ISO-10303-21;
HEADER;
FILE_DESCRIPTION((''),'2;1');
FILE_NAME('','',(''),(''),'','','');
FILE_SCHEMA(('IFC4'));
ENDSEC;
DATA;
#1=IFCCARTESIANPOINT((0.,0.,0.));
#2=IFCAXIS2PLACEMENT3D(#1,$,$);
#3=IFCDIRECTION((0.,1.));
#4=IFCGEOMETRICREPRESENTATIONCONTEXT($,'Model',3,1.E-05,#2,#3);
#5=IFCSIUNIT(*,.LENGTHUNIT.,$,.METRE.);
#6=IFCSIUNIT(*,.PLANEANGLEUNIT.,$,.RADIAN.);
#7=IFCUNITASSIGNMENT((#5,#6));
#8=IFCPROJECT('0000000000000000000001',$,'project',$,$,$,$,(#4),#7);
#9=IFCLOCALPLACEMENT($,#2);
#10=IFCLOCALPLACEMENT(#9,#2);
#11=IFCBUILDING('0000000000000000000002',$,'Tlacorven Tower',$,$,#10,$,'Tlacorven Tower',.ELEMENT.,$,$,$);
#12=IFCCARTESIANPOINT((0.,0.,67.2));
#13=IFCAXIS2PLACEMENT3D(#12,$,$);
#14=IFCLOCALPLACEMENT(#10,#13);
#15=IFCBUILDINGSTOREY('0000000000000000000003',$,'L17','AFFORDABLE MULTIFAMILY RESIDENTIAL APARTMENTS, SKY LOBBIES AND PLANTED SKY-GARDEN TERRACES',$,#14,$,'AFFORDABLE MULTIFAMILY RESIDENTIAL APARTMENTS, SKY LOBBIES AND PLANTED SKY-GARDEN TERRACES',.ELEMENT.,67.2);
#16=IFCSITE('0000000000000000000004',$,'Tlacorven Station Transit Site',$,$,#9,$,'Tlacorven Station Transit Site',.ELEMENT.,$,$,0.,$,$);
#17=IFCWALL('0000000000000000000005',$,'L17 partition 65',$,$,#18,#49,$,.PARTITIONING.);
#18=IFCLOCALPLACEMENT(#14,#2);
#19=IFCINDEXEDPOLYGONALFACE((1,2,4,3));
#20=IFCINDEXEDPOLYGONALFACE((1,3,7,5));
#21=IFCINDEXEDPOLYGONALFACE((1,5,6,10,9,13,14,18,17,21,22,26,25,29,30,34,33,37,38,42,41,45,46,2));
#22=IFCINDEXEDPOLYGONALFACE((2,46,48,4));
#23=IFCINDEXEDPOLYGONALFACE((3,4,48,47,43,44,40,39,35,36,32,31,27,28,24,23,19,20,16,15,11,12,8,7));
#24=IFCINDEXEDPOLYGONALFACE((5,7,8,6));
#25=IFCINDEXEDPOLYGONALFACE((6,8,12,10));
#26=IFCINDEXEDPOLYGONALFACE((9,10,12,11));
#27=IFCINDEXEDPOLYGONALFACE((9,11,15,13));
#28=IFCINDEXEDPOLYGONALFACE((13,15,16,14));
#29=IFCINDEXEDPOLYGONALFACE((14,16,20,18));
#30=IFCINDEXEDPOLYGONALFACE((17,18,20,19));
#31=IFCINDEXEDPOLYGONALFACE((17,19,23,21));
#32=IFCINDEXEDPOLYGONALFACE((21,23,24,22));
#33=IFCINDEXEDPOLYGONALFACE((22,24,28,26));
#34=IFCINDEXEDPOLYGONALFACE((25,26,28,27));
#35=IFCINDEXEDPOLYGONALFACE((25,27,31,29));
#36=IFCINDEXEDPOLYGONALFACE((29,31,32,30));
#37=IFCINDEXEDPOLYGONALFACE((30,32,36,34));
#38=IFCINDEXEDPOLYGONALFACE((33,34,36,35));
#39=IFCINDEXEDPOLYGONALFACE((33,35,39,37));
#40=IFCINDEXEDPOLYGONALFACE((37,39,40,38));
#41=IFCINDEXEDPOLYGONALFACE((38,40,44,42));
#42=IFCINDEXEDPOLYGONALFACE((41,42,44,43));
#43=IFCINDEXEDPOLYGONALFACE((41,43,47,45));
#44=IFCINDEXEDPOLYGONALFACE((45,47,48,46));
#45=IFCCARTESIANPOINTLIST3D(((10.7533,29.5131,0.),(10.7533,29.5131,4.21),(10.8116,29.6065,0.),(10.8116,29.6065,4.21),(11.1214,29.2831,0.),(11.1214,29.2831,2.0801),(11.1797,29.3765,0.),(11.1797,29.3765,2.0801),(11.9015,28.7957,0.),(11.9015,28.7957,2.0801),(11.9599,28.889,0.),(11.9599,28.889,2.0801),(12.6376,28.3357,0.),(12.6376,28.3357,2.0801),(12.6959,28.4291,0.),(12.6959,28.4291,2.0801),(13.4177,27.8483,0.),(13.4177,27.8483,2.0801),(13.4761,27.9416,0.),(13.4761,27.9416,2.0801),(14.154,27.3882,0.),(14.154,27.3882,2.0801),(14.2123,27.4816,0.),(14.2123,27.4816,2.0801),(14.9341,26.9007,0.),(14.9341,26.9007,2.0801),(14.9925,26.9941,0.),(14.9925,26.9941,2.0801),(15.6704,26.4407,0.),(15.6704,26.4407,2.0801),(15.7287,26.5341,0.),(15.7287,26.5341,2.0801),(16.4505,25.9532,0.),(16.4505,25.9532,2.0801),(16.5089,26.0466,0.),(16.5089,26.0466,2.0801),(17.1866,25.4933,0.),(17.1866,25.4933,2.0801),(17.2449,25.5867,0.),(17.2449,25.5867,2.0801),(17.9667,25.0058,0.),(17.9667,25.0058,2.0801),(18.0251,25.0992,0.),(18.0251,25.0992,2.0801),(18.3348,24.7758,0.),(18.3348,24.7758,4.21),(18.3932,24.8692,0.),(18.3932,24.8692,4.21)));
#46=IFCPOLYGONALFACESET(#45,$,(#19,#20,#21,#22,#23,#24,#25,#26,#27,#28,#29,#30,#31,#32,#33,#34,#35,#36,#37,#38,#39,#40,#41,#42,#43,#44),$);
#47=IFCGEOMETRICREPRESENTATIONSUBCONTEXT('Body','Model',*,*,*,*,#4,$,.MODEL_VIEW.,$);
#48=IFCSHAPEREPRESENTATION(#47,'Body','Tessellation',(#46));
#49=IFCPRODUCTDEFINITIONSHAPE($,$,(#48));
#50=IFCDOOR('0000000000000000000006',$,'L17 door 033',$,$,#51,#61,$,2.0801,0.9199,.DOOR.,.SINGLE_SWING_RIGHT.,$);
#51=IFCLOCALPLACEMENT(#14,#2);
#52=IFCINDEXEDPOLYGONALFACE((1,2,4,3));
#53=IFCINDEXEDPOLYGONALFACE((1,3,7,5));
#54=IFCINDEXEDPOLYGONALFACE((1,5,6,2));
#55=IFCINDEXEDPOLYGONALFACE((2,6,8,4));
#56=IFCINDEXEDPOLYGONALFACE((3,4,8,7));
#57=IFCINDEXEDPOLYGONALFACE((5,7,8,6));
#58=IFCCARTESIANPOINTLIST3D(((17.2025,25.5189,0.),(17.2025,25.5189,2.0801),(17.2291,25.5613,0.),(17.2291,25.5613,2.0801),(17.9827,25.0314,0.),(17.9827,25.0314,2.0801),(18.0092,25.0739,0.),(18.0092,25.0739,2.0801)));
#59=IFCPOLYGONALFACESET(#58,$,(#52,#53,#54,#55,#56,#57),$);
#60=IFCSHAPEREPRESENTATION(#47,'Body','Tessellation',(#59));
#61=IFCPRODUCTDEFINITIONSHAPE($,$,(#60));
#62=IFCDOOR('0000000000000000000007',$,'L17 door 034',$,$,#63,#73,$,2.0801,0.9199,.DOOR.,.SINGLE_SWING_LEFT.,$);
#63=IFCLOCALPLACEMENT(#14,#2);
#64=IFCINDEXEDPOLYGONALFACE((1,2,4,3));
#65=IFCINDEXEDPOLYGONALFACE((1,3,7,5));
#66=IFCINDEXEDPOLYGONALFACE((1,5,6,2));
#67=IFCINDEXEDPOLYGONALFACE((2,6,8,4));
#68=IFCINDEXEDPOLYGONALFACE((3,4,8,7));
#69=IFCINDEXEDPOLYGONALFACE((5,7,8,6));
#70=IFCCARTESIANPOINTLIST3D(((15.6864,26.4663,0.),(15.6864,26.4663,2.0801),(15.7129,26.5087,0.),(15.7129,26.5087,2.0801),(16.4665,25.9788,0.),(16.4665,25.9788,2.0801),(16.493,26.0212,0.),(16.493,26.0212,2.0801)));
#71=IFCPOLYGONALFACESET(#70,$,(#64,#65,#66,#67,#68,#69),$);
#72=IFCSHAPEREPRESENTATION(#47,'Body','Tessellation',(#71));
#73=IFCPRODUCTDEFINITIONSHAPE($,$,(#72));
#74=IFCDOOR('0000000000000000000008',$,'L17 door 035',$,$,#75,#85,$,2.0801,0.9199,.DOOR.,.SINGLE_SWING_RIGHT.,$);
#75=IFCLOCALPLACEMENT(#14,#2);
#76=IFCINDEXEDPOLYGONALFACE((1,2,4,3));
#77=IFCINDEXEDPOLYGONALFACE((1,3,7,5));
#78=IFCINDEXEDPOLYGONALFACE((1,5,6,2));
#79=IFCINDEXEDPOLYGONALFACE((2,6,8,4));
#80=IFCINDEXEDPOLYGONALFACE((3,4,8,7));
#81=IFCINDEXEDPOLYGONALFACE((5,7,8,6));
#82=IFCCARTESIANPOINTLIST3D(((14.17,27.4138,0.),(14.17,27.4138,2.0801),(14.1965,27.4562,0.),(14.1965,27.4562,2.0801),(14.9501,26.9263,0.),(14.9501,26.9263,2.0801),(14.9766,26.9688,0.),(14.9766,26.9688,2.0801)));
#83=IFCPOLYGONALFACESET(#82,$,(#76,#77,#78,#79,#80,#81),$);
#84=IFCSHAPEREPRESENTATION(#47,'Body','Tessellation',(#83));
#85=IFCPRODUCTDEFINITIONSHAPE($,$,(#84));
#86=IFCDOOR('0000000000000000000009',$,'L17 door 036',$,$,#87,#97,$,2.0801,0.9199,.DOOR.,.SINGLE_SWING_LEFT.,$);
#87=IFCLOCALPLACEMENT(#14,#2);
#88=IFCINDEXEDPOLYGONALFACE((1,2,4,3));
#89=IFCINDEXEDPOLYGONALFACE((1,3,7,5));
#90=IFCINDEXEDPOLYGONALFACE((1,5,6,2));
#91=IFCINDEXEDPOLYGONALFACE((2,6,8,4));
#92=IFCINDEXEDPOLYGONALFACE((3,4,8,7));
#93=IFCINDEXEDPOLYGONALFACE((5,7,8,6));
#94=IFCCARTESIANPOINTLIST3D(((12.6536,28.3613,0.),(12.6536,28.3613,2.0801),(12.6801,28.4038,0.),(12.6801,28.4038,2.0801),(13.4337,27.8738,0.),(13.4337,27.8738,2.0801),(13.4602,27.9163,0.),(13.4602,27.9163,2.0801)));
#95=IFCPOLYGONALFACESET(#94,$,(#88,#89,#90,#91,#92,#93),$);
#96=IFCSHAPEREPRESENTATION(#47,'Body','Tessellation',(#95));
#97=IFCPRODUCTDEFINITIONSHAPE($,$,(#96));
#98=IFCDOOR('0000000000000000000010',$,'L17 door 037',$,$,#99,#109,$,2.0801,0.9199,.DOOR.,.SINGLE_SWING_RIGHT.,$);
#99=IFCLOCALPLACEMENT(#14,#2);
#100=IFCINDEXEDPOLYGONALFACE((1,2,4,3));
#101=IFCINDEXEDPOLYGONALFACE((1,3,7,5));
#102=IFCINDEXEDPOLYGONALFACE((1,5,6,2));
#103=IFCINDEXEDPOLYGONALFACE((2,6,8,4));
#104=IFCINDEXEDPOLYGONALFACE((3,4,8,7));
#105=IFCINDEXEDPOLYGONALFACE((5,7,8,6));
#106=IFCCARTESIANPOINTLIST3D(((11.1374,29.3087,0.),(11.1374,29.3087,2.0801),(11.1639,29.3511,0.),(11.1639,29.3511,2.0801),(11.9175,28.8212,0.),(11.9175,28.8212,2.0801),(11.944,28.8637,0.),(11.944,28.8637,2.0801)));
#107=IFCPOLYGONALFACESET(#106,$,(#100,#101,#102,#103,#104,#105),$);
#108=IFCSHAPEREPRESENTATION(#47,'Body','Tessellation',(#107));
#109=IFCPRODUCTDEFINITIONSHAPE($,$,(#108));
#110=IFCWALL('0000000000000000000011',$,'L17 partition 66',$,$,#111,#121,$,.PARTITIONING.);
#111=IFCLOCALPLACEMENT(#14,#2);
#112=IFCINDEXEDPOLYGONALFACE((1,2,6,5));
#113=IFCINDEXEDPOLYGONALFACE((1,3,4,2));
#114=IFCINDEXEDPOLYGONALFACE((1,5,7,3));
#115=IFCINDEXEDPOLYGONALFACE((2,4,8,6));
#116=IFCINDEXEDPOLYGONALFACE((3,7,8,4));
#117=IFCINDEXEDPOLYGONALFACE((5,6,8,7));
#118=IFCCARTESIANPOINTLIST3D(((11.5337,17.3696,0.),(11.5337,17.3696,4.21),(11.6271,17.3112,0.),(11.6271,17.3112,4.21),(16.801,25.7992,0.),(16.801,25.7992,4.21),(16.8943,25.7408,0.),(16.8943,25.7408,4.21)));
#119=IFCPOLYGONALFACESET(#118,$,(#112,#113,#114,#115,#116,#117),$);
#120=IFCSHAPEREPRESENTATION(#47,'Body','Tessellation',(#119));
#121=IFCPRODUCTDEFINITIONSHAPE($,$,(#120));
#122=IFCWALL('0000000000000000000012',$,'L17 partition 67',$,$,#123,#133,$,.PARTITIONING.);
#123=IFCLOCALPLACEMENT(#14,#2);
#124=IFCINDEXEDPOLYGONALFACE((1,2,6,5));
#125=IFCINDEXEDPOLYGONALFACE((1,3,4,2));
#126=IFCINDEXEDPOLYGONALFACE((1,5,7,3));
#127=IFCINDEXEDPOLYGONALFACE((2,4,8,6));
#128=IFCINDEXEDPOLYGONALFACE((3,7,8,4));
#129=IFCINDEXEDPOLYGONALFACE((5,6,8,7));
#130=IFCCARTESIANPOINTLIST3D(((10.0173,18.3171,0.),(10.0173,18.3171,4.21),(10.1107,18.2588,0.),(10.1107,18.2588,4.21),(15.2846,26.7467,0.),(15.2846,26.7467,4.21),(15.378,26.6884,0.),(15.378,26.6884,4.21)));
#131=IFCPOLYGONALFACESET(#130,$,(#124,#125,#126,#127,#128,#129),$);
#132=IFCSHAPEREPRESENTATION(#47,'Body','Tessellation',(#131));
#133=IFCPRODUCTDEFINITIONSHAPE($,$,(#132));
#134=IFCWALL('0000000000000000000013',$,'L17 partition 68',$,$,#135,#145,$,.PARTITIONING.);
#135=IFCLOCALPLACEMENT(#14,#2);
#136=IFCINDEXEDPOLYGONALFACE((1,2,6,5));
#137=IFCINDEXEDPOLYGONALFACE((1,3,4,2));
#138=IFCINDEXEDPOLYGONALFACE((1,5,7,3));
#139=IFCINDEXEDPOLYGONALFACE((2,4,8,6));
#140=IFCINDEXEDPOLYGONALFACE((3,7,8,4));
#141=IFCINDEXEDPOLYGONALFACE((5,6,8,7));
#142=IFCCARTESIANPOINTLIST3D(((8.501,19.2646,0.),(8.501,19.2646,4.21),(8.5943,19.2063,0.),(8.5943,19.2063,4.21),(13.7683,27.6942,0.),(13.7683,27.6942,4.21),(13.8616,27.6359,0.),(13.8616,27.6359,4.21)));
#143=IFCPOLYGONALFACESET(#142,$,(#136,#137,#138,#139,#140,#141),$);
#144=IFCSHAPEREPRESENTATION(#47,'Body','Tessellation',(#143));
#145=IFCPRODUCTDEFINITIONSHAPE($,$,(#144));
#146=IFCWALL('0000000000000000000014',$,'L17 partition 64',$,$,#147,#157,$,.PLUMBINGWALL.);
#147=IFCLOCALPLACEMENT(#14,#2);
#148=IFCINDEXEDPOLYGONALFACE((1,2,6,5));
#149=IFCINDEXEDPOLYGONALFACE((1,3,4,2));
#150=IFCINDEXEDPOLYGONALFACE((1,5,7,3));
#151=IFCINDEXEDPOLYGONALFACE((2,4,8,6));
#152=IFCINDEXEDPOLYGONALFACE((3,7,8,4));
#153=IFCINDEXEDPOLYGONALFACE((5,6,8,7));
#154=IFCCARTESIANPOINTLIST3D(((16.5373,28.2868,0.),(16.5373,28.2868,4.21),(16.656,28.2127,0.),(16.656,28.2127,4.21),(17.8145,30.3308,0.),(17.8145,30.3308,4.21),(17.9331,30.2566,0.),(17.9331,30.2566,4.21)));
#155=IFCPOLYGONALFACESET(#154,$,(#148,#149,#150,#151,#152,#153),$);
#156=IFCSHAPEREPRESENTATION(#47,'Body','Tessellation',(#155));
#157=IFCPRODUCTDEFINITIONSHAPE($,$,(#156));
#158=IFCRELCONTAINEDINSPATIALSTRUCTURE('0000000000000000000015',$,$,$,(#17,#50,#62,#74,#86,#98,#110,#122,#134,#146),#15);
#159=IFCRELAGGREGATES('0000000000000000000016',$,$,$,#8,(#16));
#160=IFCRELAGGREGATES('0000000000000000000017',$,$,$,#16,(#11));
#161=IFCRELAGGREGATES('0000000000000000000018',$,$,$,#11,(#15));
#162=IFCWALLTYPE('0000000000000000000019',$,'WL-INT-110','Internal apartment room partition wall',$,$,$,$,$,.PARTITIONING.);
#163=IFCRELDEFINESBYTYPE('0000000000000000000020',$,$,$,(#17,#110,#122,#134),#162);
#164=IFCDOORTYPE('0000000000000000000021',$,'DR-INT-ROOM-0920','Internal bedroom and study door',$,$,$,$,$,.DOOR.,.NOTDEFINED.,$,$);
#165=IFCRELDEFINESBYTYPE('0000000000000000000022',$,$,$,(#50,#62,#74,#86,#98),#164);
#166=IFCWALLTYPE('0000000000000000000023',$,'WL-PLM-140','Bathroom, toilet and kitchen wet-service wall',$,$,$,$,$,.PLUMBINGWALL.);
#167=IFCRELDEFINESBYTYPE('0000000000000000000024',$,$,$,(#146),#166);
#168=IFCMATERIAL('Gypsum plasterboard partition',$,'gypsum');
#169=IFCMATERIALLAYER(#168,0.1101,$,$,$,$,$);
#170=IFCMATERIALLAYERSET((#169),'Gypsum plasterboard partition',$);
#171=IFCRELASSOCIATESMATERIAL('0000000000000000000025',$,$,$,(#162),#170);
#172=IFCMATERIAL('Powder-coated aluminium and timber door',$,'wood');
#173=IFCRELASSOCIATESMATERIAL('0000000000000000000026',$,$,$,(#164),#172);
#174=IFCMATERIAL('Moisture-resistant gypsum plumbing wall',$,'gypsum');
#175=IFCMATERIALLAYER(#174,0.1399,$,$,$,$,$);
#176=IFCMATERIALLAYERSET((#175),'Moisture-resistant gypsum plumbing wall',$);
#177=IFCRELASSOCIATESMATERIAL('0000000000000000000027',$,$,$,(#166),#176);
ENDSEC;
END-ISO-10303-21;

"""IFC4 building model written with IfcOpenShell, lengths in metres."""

from ifc_helpers import new_model, si_unit, direction, frame, frame_2d, origin, place, context, subcontext, project, spatial, rectangle, extrude, source, transform, mapped, material, layer, layer_set, type_object, element, fill, save


model = new_model("IFC4")

# Units and contexts
model_context = context("Model", 3, precision=1e-05, world=origin(), true_north=direction((0.0, 1.0)))
body_context = subcontext(model_context, "Body", "Model", "MODEL_VIEW")
ifc_project = project(units=[si_unit("LENGTHUNIT", "METRE"), si_unit("PLANEANGLEUNIT", "RADIAN")], contexts=[model_context])

# Site, building, storey
site_placement = place(None, origin())
site = spatial("IfcSite", under=ifc_project, at=site_placement, Name="Tlacorven Station Transit Site", LongName="Tlacorven Station Transit Site", CompositionType="ELEMENT", RefElevation=0.0)
building_placement = place(site_placement, origin())
building = spatial("IfcBuilding", under=site, at=building_placement, Name="Tlacorven Tower", LongName="Tlacorven Tower", CompositionType="ELEMENT")
storey_placement = place(building_placement, frame((0.0, 0.0, 67.2)))
storey = spatial("IfcBuildingStorey", under=building, at=storey_placement, Name="L17", Description="AFFORDABLE MULTIFAMILY RESIDENTIAL APARTMENTS, SKY LOBBIES AND PLANTED SKY-GARDEN TERRACES", LongName="AFFORDABLE MULTIFAMILY RESIDENTIAL APARTMENTS, SKY LOBBIES AND PLANTED SKY-GARDEN TERRACES", CompositionType="ELEMENT", Elevation=67.2)

# Shared definitions
ifc_material_1 = material(Name="Gypsum plasterboard partition", Category="gypsum")
ifc_layer_1 = layer(ifc_material_1, 0.1101)
ifc_layer_set_1 = layer_set([ifc_layer_1], Name="Gypsum plasterboard partition")
wall_type_1 = type_object("IfcWallType", Name="WL-INT-110", Description="Internal apartment room partition wall", PredefinedType="PARTITIONING", material=ifc_layer_set_1)
ifc_material_2 = material(Name="Powder-coated aluminium and timber door", Category="wood")

# Wall, openings, doors
wall_1_placement = place(storey_placement, frame((18.364, 24.8225, 0.0), z_axis=(0.0, 0.0, 1.0), x_axis=(-0.848057, 0.529906, 0.0)))
wall_1 = element("IfcWall", 1, at=wall_1_placement, inside=storey, type_object=wall_type_1, Name="L17 partition 65", PredefinedType="PARTITIONING", context=body_context, shape_type="SweptSolid", body=[
    extrude(rectangle(XDim=8.9399, YDim=0.1101, at=frame_2d((4.47, 0.0))), origin(), (0.0, 0.0, 1.0), 4.21),
])
opening_1_placement = place(wall_1_placement, frame((0.4341, 0.0, 0.0)))
opening_1 = element("IfcOpeningElement", 2, at=opening_1_placement, cuts=wall_1, PredefinedType="OPENING", context=body_context, shape_type="SweptSolid", body=[
    extrude(rectangle(XDim=0.9199, YDim=2.0801, at=frame_2d((0.46, 1.04))), frame((0.0, 0.0649, 0.0), z_axis=(0.0, -1.0, 0.0), x_axis=(1.0, 0.0, 0.0)), (0.0, 0.0, 1.0), 0.1301),
])
opening_2_placement = place(wall_1_placement, frame((2.2219, 0.0, 0.0)))
opening_2 = element("IfcOpeningElement", 3, at=opening_2_placement, cuts=wall_1, PredefinedType="OPENING", context=body_context, shape_type="SweptSolid", body=[
    extrude(rectangle(XDim=0.9199, YDim=2.0801, at=frame_2d((0.46, 1.04))), frame((0.0, 0.0649, 0.0), z_axis=(0.0, -1.0, 0.0), x_axis=(1.0, 0.0, 0.0)), (0.0, 0.0, 1.0), 0.1301),
])
opening_3_placement = place(wall_1_placement, frame((4.01, 0.0, 0.0)))
opening_3 = element("IfcOpeningElement", 4, at=opening_3_placement, cuts=wall_1, PredefinedType="OPENING", context=body_context, shape_type="SweptSolid", body=[
    extrude(rectangle(XDim=0.9199, YDim=2.0801, at=frame_2d((0.46, 1.04))), frame((0.0, 0.0649, 0.0), z_axis=(0.0, -1.0, 0.0), x_axis=(1.0, 0.0, 0.0)), (0.0, 0.0, 1.0), 0.1301),
])
opening_4_placement = place(wall_1_placement, frame((5.7981, 0.0, 0.0)))
opening_4 = element("IfcOpeningElement", 5, at=opening_4_placement, cuts=wall_1, PredefinedType="OPENING", context=body_context, shape_type="SweptSolid", body=[
    extrude(rectangle(XDim=0.9199, YDim=2.0801, at=frame_2d((0.46, 1.04))), frame((0.0, 0.0649, 0.0), z_axis=(0.0, -1.0, 0.0), x_axis=(1.0, 0.0, 0.0)), (0.0, 0.0, 1.0), 0.1301),
])
opening_5_placement = place(wall_1_placement, frame((7.5859, 0.0, 0.0)))
opening_5 = element("IfcOpeningElement", 6, at=opening_5_placement, cuts=wall_1, PredefinedType="OPENING", context=body_context, shape_type="SweptSolid", body=[
    extrude(rectangle(XDim=0.9199, YDim=2.0801, at=frame_2d((0.46, 1.04))), frame((0.0, 0.0649, 0.0), z_axis=(0.0, -1.0, 0.0), x_axis=(1.0, 0.0, 0.0)), (0.0, 0.0, 1.0), 0.1301),
])
door_type_1 = type_object("IfcDoorType", Name="DR-INT-ROOM-0920", Description="Internal bedroom and study door", OperationType="NOTDEFINED", PredefinedType="DOOR", material=ifc_material_2)
shared_shape_1 = source(origin(), body_context, "Body", "SweptSolid", [
    extrude(rectangle(XDim=0.9199, YDim=2.0801, at=frame_2d((0.46, 1.04))), frame((0.0, 0.0249, 0.0), z_axis=(0.0, -1.0, 0.0), x_axis=(1.0, 0.0, 0.0)), (0.0, 0.0, 1.0), 0.05),
])
door_1_placement = place(opening_1_placement, origin())
door_1 = element("IfcDoor", 7, at=door_1_placement, inside=storey, type_object=door_type_1, Name="L17 door 033", OperationType="SINGLE_SWING_RIGHT", OverallHeight=2.0801, OverallWidth=0.9199, PredefinedType="DOOR", context=body_context, shape_type="MappedRepresentation", body=[
    mapped(shared_shape_1, transform((0.0, 0.0, 0.0), scale=1.0)),
])
fill(opening_1, door_1)
door_2_placement = place(opening_2_placement, origin())
door_2 = element("IfcDoor", 8, at=door_2_placement, inside=storey, type_object=door_type_1, Name="L17 door 034", OperationType="SINGLE_SWING_LEFT", OverallHeight=2.0801, OverallWidth=0.9199, PredefinedType="DOOR", context=body_context, shape_type="MappedRepresentation", body=[
    mapped(shared_shape_1, transform((0.0, 0.0, 0.0), scale=1.0)),
])
fill(opening_2, door_2)
door_3_placement = place(opening_3_placement, origin())
door_3 = element("IfcDoor", 9, at=door_3_placement, inside=storey, type_object=door_type_1, Name="L17 door 035", OperationType="SINGLE_SWING_RIGHT", OverallHeight=2.0801, OverallWidth=0.9199, PredefinedType="DOOR", context=body_context, shape_type="MappedRepresentation", body=[
    mapped(shared_shape_1, transform((0.0, 0.0, 0.0), scale=1.0)),
])
fill(opening_3, door_3)
door_4_placement = place(opening_4_placement, origin())
door_4 = element("IfcDoor", 10, at=door_4_placement, inside=storey, type_object=door_type_1, Name="L17 door 036", OperationType="SINGLE_SWING_LEFT", OverallHeight=2.0801, OverallWidth=0.9199, PredefinedType="DOOR", context=body_context, shape_type="MappedRepresentation", body=[
    mapped(shared_shape_1, transform((0.0, 0.0, 0.0), scale=1.0)),
])
fill(opening_4, door_4)
door_5_placement = place(opening_5_placement, origin())
door_5 = element("IfcDoor", 11, at=door_5_placement, inside=storey, type_object=door_type_1, Name="L17 door 037", OperationType="SINGLE_SWING_RIGHT", OverallHeight=2.0801, OverallWidth=0.9199, PredefinedType="DOOR", context=body_context, shape_type="MappedRepresentation", body=[
    mapped(shared_shape_1, transform((0.0, 0.0, 0.0), scale=1.0)),
])
fill(opening_5, door_5)

# Walls
for number, where, z_axis, x_axis, name in (
    (12, (16.8477, 25.77, 0.0), (0.0, 0.0, 1.0), (-0.529911, -0.848053, 0.0), "L17 partition 66"),
    (13, (15.3313, 26.7175, 0.0), (0.0, 0.0, 1.0), (-0.529911, -0.848053, 0.0), "L17 partition 67"),
    (14, (13.8149, 27.665, 0.0), (0.0, 0.0, 1.0), (-0.529911, -0.848053, 0.0), "L17 partition 68"),
):
    element("IfcWall", number, at=place(storey_placement, frame(where, z_axis=z_axis, x_axis=x_axis)), inside=storey, type_object=wall_type_1, Name=name, PredefinedType="PARTITIONING", context=body_context, shape_type="SweptSolid", body=[
        extrude(rectangle(XDim=9.9399, YDim=0.1101, at=frame_2d((4.97, 0.0))), origin(), (0.0, 0.0, 1.0), 4.21),
    ])
ifc_material_3 = material(Name="Moisture-resistant gypsum plumbing wall", Category="gypsum")
ifc_layer_2 = layer(ifc_material_3, 0.1399)
ifc_layer_set_2 = layer_set([ifc_layer_2], Name="Moisture-resistant gypsum plumbing wall")
wall_type_2 = type_object("IfcWallType", Name="WL-PLM-140", Description="Bathroom, toilet and kitchen wet-service wall", PredefinedType="PLUMBINGWALL", material=ifc_layer_set_2)
wall_2_placement = place(storey_placement, frame((17.8738, 30.2937, 0.0), z_axis=(0.0, 0.0, 1.0), x_axis=(-0.52989, -0.848067, 0.0)))
element("IfcWall", 15, at=wall_2_placement, inside=storey, type_object=wall_type_2, Name="L17 partition 64", PredefinedType="PLUMBINGWALL", context=body_context, shape_type="SweptSolid", body=[
    extrude(rectangle(XDim=2.4102, YDim=0.1399, at=frame_2d((1.2051, 0.0))), origin(), (0.0, 0.0, 1.0), 4.21),
])

save(model, "model.ifc")
